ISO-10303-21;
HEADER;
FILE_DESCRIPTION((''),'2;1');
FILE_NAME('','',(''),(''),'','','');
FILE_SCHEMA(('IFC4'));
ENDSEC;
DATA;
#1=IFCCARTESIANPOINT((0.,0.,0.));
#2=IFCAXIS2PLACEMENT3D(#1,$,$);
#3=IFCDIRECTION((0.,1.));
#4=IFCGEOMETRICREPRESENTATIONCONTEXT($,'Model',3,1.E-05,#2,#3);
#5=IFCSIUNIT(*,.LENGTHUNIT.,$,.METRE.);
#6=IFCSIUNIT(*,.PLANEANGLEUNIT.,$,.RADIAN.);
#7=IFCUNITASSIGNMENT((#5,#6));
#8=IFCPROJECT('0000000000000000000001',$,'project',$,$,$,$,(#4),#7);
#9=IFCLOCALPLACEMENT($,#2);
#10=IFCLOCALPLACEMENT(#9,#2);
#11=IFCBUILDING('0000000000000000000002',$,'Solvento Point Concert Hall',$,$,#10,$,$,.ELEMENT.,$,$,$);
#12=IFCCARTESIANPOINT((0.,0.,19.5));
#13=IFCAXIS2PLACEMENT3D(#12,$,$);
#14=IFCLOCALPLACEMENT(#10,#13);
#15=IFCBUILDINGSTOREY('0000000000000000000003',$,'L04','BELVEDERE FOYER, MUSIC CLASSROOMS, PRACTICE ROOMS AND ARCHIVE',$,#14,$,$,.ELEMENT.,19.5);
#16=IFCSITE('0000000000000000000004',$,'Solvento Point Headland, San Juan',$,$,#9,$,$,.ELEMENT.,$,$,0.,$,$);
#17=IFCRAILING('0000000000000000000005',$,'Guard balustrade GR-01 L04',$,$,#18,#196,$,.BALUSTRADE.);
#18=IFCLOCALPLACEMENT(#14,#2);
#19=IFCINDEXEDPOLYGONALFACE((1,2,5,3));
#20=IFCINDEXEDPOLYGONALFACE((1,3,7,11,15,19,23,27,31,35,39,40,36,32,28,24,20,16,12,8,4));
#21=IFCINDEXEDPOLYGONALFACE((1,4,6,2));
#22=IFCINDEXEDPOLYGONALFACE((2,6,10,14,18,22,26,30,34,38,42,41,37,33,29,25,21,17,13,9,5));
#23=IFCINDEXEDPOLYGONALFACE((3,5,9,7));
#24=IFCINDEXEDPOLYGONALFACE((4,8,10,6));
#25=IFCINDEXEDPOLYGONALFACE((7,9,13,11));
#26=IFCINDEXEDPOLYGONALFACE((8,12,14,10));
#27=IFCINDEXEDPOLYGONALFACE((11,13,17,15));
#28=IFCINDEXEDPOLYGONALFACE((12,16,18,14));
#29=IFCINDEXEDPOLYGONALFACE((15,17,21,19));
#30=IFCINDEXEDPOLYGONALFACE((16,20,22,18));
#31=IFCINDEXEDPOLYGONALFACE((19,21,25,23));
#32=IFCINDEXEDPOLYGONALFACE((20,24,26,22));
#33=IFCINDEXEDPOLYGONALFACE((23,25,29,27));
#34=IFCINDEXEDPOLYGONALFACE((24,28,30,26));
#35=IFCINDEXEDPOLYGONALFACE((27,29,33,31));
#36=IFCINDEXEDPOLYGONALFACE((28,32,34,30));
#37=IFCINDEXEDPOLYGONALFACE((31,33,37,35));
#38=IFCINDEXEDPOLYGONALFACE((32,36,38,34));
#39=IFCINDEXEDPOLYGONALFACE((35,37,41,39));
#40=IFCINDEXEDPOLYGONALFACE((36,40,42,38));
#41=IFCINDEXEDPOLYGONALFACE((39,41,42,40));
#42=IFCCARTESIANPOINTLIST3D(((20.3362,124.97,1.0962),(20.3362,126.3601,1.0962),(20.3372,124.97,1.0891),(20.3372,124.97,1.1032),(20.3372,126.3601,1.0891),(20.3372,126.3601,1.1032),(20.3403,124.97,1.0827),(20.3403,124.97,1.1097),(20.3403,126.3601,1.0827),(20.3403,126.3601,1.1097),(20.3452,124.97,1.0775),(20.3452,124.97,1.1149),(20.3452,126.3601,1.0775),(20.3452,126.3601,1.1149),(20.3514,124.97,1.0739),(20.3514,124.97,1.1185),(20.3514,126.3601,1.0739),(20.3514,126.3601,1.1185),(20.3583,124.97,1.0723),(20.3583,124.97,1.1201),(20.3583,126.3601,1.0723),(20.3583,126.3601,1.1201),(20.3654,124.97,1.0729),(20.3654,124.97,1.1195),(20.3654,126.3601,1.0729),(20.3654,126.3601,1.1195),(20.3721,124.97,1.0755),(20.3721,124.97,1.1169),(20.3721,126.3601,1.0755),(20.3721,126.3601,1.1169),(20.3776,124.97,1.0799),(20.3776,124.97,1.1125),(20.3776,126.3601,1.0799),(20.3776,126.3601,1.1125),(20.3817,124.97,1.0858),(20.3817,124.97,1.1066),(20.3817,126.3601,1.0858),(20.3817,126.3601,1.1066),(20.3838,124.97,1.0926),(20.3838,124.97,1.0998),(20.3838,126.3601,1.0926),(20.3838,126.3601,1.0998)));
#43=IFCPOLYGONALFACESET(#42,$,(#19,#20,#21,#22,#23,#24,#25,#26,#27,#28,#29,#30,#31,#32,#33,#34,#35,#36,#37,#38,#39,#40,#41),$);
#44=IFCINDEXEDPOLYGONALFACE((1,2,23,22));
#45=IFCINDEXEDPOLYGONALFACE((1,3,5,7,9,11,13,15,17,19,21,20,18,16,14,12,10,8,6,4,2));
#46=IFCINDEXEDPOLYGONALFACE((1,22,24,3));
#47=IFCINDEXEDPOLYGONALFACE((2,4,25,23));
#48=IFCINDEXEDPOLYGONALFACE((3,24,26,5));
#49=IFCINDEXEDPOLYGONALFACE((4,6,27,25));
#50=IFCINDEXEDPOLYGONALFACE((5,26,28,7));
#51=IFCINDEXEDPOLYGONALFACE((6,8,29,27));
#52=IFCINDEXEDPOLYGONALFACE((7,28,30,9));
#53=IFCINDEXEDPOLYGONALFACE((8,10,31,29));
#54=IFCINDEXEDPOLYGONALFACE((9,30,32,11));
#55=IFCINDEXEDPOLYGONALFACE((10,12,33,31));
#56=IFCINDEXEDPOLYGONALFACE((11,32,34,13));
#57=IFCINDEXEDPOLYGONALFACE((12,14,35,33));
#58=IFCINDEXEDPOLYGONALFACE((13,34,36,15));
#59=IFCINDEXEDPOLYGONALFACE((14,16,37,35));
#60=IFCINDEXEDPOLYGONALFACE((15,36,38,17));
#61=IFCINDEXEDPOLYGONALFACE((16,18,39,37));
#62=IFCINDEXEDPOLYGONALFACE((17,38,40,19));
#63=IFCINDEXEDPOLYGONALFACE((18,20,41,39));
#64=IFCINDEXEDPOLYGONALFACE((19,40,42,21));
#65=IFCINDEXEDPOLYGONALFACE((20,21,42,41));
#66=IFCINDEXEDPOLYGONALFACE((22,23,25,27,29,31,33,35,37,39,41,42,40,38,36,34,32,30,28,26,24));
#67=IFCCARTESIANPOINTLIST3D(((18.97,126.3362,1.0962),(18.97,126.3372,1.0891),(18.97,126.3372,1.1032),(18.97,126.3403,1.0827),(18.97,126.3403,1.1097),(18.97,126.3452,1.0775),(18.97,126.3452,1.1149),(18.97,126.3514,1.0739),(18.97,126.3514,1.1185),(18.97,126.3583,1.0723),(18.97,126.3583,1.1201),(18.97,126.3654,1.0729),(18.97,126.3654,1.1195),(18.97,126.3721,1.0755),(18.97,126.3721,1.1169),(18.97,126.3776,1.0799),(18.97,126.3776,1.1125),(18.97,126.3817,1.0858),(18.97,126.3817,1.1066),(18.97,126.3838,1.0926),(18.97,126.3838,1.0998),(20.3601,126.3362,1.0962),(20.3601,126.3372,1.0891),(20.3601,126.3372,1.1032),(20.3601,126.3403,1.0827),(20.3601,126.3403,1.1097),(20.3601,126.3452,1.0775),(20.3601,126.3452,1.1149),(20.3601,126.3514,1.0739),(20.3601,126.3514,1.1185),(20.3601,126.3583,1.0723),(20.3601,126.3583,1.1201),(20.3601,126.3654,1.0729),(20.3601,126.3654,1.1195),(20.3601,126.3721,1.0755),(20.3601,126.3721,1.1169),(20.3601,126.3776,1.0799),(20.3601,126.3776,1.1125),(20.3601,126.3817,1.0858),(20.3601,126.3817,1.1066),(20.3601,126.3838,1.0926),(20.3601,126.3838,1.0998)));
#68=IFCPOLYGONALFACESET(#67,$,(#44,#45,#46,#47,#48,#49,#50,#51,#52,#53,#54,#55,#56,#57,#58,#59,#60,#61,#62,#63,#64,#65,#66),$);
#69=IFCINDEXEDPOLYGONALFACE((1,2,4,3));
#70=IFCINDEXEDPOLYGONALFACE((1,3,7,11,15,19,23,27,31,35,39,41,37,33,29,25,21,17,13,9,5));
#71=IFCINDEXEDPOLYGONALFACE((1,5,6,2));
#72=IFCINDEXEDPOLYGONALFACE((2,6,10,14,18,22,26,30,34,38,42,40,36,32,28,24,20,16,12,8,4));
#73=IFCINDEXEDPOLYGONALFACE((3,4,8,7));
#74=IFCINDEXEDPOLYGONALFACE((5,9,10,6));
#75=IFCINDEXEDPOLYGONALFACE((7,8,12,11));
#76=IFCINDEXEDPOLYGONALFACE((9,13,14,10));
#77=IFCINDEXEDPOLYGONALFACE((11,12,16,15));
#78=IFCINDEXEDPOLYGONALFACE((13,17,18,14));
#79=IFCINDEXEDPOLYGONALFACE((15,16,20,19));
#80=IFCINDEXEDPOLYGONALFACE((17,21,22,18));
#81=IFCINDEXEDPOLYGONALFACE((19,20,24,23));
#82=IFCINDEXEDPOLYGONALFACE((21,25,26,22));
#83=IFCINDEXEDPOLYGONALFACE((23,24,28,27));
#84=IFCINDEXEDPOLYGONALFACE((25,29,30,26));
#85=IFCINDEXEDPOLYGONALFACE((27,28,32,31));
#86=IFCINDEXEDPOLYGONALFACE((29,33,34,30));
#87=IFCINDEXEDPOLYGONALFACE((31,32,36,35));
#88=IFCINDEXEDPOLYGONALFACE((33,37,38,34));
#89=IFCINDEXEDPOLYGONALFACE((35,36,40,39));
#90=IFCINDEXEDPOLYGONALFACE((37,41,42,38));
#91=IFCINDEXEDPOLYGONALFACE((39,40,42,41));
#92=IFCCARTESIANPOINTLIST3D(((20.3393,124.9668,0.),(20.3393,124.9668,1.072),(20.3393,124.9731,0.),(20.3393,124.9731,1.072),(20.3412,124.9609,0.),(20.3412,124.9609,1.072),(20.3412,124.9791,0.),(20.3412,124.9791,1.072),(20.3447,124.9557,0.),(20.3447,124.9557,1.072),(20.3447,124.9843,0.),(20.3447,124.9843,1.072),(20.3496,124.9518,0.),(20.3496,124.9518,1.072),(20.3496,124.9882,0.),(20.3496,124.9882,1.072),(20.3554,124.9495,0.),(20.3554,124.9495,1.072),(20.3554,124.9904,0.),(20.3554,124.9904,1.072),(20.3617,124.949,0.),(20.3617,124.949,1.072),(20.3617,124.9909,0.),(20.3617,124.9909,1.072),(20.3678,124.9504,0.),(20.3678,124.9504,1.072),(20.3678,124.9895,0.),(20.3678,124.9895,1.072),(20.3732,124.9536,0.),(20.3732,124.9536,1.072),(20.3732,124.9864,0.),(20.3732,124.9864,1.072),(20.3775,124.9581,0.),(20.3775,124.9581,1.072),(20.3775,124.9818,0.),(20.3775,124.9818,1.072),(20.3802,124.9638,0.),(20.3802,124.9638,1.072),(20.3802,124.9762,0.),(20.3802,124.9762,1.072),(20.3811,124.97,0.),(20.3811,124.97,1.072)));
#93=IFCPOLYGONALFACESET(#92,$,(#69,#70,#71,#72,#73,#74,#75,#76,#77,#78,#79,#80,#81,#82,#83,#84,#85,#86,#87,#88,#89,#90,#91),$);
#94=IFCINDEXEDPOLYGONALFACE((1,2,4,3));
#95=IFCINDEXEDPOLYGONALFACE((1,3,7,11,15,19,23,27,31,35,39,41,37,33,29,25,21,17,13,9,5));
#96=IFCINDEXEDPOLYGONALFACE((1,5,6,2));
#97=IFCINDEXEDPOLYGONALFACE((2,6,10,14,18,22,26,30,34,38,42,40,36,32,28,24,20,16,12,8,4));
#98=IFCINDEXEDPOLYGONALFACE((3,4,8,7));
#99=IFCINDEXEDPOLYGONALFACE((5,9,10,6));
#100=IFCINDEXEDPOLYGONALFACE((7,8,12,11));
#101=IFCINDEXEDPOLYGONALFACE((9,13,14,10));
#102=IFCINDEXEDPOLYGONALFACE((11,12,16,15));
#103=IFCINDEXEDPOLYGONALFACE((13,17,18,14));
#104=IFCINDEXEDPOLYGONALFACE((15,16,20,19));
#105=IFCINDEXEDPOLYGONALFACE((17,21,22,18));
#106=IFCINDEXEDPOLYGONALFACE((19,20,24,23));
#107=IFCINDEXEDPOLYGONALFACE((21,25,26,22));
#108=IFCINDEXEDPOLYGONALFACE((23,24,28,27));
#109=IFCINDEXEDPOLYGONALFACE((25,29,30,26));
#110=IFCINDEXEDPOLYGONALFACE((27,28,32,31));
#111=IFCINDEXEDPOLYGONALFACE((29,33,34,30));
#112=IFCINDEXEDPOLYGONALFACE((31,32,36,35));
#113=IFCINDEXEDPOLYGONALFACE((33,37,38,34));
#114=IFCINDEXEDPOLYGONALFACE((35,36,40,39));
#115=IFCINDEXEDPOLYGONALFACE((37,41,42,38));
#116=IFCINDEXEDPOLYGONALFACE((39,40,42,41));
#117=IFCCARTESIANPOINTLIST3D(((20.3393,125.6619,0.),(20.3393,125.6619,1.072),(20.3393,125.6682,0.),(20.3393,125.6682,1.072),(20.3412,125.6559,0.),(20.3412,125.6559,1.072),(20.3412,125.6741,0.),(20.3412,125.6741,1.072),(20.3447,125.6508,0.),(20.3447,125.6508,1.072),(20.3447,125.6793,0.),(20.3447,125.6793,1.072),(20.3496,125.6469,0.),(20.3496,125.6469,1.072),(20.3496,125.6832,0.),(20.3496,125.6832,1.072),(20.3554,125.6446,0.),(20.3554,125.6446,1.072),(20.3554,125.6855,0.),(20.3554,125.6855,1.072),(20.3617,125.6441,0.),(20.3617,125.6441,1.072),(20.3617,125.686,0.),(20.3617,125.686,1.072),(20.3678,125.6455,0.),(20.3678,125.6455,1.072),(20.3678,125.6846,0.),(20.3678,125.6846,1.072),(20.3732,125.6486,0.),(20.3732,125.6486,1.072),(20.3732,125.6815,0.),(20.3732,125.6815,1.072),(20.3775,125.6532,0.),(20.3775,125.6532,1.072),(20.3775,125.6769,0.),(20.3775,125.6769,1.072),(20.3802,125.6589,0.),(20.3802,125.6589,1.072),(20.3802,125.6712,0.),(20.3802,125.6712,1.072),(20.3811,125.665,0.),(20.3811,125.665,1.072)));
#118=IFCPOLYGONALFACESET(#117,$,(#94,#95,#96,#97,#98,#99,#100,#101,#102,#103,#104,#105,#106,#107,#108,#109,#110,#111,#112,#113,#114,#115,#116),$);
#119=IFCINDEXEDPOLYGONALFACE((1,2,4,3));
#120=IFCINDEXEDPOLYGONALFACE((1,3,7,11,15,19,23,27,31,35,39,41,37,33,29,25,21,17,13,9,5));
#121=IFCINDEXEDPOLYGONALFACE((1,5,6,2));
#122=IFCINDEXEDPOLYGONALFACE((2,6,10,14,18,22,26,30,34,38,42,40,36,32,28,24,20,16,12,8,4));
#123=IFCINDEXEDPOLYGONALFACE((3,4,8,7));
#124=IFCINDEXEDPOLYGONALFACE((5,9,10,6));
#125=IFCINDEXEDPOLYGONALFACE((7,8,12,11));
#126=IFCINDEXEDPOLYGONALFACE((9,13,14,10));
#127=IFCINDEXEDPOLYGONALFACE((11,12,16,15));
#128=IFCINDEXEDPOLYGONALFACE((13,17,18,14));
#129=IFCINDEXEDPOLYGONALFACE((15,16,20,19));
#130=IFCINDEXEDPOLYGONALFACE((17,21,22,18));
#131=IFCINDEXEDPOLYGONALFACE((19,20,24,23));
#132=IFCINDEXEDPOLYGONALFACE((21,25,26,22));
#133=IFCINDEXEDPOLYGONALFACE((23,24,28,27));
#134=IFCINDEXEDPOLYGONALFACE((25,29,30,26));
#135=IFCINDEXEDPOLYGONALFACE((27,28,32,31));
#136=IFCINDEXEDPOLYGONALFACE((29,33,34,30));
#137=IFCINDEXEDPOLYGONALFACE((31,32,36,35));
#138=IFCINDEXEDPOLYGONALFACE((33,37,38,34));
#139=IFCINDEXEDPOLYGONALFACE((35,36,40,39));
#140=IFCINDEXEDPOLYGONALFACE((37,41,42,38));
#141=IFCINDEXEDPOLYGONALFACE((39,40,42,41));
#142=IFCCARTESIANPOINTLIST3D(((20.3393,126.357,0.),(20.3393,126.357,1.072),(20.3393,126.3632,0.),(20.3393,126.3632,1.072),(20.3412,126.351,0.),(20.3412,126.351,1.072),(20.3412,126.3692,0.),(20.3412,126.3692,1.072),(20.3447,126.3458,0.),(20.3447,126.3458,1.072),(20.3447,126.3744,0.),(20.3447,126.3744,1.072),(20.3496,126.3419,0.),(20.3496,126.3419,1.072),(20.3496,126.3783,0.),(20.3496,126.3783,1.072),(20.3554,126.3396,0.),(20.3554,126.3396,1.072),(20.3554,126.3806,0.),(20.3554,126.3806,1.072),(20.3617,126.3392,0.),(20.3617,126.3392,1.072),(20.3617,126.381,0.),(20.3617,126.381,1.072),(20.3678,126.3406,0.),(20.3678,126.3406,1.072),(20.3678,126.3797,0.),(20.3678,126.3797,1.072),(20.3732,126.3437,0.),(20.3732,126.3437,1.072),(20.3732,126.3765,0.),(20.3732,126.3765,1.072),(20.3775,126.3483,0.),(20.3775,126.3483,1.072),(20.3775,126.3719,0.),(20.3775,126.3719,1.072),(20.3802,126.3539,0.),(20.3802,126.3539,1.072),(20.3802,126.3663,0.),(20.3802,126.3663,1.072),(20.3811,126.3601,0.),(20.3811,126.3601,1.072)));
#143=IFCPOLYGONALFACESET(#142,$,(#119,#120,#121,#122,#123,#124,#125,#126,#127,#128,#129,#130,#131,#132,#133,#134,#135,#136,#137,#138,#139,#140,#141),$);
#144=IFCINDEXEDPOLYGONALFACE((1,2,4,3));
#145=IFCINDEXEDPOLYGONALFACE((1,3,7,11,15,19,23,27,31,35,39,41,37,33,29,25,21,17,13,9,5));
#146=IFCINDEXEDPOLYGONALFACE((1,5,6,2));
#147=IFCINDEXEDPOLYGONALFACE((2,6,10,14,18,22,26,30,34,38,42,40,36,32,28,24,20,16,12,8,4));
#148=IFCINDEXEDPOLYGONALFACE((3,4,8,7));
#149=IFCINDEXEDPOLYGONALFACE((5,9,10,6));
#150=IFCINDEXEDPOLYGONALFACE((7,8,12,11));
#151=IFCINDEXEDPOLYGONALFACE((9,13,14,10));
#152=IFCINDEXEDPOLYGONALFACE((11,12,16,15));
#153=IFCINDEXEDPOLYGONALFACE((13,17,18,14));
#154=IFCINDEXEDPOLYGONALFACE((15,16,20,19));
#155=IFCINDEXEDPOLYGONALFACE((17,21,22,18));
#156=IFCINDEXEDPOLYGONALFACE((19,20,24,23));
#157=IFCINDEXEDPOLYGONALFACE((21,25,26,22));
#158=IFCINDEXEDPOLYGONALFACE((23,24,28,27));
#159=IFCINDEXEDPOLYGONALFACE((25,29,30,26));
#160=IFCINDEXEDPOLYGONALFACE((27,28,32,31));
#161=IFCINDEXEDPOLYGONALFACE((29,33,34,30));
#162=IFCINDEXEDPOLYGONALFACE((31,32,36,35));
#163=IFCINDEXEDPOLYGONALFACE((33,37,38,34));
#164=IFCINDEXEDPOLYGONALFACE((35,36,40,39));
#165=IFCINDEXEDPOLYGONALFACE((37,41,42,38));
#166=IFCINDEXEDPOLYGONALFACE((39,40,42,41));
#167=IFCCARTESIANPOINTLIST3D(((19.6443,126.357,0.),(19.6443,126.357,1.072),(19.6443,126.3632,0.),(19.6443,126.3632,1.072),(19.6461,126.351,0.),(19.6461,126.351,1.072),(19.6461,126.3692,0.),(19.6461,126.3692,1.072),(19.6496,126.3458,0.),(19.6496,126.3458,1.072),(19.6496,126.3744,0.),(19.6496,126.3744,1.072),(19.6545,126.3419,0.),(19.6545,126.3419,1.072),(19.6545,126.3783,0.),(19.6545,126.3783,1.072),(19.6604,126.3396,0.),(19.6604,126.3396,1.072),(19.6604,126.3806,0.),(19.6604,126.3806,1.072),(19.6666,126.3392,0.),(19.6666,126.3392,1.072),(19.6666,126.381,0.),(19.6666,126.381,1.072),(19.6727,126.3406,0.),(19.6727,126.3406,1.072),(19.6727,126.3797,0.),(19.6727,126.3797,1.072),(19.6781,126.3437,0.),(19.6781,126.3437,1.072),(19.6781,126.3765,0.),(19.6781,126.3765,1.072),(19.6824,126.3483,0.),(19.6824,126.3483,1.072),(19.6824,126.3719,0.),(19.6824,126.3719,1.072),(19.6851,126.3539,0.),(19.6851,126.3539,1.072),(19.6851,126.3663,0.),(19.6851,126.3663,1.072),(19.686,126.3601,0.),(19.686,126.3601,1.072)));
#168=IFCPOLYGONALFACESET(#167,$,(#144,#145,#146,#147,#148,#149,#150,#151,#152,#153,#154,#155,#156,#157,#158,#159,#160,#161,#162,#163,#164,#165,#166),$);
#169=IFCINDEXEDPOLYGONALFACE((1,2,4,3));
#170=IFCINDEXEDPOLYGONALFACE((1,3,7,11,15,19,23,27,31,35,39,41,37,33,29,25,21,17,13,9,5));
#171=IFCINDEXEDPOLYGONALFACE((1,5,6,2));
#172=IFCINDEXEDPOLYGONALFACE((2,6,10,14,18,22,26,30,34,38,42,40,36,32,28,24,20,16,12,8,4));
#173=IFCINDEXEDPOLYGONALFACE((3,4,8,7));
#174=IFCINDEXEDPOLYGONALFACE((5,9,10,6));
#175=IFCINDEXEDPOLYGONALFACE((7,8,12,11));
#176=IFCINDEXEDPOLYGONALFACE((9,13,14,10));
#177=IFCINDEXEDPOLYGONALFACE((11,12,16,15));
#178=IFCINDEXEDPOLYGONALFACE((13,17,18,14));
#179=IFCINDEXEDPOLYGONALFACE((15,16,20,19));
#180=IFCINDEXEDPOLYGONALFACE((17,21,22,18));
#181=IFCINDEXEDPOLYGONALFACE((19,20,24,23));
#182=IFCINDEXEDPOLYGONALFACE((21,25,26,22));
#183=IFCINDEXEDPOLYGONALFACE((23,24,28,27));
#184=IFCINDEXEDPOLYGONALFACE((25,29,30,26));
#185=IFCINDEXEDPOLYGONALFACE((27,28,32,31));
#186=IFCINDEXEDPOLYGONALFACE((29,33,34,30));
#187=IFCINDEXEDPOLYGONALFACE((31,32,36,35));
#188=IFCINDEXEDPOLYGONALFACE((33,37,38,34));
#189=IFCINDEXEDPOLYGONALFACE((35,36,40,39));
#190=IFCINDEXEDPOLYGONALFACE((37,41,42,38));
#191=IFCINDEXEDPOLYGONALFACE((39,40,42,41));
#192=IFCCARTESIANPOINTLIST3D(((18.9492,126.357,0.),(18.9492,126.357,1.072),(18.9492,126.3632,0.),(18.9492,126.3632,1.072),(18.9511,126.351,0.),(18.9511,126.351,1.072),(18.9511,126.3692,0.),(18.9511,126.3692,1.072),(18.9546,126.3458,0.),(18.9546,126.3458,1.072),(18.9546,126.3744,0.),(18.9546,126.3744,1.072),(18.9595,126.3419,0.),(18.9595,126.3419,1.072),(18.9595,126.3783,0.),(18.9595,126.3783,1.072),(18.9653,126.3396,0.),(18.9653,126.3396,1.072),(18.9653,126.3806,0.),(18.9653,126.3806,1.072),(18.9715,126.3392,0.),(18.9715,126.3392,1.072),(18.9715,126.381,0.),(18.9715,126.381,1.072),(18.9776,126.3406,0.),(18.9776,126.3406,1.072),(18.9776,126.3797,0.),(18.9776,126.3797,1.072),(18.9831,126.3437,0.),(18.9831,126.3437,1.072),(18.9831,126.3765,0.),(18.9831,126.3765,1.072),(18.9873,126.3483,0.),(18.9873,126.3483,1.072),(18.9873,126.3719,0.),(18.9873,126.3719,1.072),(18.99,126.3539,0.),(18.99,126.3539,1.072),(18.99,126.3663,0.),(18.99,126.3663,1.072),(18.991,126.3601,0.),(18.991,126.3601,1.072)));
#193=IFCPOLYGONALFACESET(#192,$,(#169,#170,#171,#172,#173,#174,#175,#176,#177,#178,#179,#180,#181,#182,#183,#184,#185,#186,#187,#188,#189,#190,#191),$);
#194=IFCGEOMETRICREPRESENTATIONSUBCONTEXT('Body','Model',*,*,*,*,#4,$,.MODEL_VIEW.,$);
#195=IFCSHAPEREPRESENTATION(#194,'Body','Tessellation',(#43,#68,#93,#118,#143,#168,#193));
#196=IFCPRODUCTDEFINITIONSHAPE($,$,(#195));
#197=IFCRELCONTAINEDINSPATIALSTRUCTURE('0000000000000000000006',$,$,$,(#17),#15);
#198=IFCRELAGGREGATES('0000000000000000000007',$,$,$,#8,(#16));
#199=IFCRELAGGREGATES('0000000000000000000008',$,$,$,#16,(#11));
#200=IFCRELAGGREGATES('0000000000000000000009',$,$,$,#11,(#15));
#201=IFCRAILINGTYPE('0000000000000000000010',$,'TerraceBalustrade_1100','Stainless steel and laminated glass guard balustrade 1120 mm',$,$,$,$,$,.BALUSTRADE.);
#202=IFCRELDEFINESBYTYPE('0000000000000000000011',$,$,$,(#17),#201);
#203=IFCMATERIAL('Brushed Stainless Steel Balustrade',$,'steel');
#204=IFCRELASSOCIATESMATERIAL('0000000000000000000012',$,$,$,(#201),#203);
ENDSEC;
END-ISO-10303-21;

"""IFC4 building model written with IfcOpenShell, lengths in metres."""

from ifc_helpers import new_model, si_unit, direction, frame, origin, origin_2d, place, context, subcontext, project, spatial, circle, extrude, material, type_object, element, save


model = new_model("IFC4")

# Units and contexts
model_context = context("Model", 3, precision=1e-05, world=origin(), true_north=direction((0.0, 1.0)))
body_context = subcontext(model_context, "Body", "Model", "MODEL_VIEW")
ifc_project = project(units=[si_unit("LENGTHUNIT", "METRE"), si_unit("PLANEANGLEUNIT", "RADIAN")], contexts=[model_context])

# Site, building, storey
site_placement = place(None, origin())
site = spatial("IfcSite", under=ifc_project, at=site_placement, Name="Solvento Point Headland, San Juan", CompositionType="ELEMENT", RefElevation=0.0)
building_placement = place(site_placement, origin())
building = spatial("IfcBuilding", under=site, at=building_placement, Name="Solvento Point Concert Hall", CompositionType="ELEMENT")
storey_placement = place(building_placement, frame((0.0, 0.0, 19.5)))
storey = spatial("IfcBuildingStorey", under=building, at=storey_placement, Name="L04", Description="BELVEDERE FOYER, MUSIC CLASSROOMS, PRACTICE ROOMS AND ARCHIVE", CompositionType="ELEMENT", Elevation=19.5)

# Railing
ifc_material_1 = material(Name="Brushed Stainless Steel Balustrade", Category="steel")
railing_type = type_object("IfcRailingType", Name="TerraceBalustrade_1100", Description="Stainless steel and laminated glass guard balustrade 1120 mm", PredefinedType="BALUSTRADE", material=ifc_material_1)
railing_1_placement = place(storey_placement, frame((20.3601, 124.97, 0.0)))
element("IfcRailing", 1, at=railing_1_placement, inside=storey, type_object=railing_type, Name="Guard balustrade GR-01 L04", PredefinedType="BALUSTRADE", context=body_context, shape_type="SweptSolid", body=[
    extrude(circle(Radius=0.0239, at=origin_2d()), frame((0.0, 0.0, 1.0962), z_axis=(0.0, 1.0, 0.0), x_axis=(-1.0, 0.0, 0.0)), (0.0, 0.0, 1.0), 1.3901),
    extrude(circle(Radius=0.0239, at=origin_2d()), frame((0.0, 1.3901, 1.0962), z_axis=(-1.0, 0.0, 0.0), x_axis=(0.0, -1.0, 0.0)), (0.0, 0.0, 1.0), 1.3901),
    extrude(circle(Radius=0.021, at=origin_2d()), origin(), (0.0, 0.0, 1.0), 1.072),
    extrude(circle(Radius=0.021, at=origin_2d()), frame((0.0, 0.6951, 0.0)), (0.0, 0.0, 1.0), 1.072),
    extrude(circle(Radius=0.021, at=origin_2d()), frame((0.0, 1.3901, 0.0)), (0.0, 0.0, 1.0), 1.072),
    extrude(circle(Radius=0.021, at=origin_2d()), frame((-0.6951, 1.3901, 0.0)), (0.0, 0.0, 1.0), 1.072),
    extrude(circle(Radius=0.021, at=origin_2d()), frame((-1.3901, 1.3901, 0.0)), (0.0, 0.0, 1.0), 1.072),
])

save(model, "model.ifc")
